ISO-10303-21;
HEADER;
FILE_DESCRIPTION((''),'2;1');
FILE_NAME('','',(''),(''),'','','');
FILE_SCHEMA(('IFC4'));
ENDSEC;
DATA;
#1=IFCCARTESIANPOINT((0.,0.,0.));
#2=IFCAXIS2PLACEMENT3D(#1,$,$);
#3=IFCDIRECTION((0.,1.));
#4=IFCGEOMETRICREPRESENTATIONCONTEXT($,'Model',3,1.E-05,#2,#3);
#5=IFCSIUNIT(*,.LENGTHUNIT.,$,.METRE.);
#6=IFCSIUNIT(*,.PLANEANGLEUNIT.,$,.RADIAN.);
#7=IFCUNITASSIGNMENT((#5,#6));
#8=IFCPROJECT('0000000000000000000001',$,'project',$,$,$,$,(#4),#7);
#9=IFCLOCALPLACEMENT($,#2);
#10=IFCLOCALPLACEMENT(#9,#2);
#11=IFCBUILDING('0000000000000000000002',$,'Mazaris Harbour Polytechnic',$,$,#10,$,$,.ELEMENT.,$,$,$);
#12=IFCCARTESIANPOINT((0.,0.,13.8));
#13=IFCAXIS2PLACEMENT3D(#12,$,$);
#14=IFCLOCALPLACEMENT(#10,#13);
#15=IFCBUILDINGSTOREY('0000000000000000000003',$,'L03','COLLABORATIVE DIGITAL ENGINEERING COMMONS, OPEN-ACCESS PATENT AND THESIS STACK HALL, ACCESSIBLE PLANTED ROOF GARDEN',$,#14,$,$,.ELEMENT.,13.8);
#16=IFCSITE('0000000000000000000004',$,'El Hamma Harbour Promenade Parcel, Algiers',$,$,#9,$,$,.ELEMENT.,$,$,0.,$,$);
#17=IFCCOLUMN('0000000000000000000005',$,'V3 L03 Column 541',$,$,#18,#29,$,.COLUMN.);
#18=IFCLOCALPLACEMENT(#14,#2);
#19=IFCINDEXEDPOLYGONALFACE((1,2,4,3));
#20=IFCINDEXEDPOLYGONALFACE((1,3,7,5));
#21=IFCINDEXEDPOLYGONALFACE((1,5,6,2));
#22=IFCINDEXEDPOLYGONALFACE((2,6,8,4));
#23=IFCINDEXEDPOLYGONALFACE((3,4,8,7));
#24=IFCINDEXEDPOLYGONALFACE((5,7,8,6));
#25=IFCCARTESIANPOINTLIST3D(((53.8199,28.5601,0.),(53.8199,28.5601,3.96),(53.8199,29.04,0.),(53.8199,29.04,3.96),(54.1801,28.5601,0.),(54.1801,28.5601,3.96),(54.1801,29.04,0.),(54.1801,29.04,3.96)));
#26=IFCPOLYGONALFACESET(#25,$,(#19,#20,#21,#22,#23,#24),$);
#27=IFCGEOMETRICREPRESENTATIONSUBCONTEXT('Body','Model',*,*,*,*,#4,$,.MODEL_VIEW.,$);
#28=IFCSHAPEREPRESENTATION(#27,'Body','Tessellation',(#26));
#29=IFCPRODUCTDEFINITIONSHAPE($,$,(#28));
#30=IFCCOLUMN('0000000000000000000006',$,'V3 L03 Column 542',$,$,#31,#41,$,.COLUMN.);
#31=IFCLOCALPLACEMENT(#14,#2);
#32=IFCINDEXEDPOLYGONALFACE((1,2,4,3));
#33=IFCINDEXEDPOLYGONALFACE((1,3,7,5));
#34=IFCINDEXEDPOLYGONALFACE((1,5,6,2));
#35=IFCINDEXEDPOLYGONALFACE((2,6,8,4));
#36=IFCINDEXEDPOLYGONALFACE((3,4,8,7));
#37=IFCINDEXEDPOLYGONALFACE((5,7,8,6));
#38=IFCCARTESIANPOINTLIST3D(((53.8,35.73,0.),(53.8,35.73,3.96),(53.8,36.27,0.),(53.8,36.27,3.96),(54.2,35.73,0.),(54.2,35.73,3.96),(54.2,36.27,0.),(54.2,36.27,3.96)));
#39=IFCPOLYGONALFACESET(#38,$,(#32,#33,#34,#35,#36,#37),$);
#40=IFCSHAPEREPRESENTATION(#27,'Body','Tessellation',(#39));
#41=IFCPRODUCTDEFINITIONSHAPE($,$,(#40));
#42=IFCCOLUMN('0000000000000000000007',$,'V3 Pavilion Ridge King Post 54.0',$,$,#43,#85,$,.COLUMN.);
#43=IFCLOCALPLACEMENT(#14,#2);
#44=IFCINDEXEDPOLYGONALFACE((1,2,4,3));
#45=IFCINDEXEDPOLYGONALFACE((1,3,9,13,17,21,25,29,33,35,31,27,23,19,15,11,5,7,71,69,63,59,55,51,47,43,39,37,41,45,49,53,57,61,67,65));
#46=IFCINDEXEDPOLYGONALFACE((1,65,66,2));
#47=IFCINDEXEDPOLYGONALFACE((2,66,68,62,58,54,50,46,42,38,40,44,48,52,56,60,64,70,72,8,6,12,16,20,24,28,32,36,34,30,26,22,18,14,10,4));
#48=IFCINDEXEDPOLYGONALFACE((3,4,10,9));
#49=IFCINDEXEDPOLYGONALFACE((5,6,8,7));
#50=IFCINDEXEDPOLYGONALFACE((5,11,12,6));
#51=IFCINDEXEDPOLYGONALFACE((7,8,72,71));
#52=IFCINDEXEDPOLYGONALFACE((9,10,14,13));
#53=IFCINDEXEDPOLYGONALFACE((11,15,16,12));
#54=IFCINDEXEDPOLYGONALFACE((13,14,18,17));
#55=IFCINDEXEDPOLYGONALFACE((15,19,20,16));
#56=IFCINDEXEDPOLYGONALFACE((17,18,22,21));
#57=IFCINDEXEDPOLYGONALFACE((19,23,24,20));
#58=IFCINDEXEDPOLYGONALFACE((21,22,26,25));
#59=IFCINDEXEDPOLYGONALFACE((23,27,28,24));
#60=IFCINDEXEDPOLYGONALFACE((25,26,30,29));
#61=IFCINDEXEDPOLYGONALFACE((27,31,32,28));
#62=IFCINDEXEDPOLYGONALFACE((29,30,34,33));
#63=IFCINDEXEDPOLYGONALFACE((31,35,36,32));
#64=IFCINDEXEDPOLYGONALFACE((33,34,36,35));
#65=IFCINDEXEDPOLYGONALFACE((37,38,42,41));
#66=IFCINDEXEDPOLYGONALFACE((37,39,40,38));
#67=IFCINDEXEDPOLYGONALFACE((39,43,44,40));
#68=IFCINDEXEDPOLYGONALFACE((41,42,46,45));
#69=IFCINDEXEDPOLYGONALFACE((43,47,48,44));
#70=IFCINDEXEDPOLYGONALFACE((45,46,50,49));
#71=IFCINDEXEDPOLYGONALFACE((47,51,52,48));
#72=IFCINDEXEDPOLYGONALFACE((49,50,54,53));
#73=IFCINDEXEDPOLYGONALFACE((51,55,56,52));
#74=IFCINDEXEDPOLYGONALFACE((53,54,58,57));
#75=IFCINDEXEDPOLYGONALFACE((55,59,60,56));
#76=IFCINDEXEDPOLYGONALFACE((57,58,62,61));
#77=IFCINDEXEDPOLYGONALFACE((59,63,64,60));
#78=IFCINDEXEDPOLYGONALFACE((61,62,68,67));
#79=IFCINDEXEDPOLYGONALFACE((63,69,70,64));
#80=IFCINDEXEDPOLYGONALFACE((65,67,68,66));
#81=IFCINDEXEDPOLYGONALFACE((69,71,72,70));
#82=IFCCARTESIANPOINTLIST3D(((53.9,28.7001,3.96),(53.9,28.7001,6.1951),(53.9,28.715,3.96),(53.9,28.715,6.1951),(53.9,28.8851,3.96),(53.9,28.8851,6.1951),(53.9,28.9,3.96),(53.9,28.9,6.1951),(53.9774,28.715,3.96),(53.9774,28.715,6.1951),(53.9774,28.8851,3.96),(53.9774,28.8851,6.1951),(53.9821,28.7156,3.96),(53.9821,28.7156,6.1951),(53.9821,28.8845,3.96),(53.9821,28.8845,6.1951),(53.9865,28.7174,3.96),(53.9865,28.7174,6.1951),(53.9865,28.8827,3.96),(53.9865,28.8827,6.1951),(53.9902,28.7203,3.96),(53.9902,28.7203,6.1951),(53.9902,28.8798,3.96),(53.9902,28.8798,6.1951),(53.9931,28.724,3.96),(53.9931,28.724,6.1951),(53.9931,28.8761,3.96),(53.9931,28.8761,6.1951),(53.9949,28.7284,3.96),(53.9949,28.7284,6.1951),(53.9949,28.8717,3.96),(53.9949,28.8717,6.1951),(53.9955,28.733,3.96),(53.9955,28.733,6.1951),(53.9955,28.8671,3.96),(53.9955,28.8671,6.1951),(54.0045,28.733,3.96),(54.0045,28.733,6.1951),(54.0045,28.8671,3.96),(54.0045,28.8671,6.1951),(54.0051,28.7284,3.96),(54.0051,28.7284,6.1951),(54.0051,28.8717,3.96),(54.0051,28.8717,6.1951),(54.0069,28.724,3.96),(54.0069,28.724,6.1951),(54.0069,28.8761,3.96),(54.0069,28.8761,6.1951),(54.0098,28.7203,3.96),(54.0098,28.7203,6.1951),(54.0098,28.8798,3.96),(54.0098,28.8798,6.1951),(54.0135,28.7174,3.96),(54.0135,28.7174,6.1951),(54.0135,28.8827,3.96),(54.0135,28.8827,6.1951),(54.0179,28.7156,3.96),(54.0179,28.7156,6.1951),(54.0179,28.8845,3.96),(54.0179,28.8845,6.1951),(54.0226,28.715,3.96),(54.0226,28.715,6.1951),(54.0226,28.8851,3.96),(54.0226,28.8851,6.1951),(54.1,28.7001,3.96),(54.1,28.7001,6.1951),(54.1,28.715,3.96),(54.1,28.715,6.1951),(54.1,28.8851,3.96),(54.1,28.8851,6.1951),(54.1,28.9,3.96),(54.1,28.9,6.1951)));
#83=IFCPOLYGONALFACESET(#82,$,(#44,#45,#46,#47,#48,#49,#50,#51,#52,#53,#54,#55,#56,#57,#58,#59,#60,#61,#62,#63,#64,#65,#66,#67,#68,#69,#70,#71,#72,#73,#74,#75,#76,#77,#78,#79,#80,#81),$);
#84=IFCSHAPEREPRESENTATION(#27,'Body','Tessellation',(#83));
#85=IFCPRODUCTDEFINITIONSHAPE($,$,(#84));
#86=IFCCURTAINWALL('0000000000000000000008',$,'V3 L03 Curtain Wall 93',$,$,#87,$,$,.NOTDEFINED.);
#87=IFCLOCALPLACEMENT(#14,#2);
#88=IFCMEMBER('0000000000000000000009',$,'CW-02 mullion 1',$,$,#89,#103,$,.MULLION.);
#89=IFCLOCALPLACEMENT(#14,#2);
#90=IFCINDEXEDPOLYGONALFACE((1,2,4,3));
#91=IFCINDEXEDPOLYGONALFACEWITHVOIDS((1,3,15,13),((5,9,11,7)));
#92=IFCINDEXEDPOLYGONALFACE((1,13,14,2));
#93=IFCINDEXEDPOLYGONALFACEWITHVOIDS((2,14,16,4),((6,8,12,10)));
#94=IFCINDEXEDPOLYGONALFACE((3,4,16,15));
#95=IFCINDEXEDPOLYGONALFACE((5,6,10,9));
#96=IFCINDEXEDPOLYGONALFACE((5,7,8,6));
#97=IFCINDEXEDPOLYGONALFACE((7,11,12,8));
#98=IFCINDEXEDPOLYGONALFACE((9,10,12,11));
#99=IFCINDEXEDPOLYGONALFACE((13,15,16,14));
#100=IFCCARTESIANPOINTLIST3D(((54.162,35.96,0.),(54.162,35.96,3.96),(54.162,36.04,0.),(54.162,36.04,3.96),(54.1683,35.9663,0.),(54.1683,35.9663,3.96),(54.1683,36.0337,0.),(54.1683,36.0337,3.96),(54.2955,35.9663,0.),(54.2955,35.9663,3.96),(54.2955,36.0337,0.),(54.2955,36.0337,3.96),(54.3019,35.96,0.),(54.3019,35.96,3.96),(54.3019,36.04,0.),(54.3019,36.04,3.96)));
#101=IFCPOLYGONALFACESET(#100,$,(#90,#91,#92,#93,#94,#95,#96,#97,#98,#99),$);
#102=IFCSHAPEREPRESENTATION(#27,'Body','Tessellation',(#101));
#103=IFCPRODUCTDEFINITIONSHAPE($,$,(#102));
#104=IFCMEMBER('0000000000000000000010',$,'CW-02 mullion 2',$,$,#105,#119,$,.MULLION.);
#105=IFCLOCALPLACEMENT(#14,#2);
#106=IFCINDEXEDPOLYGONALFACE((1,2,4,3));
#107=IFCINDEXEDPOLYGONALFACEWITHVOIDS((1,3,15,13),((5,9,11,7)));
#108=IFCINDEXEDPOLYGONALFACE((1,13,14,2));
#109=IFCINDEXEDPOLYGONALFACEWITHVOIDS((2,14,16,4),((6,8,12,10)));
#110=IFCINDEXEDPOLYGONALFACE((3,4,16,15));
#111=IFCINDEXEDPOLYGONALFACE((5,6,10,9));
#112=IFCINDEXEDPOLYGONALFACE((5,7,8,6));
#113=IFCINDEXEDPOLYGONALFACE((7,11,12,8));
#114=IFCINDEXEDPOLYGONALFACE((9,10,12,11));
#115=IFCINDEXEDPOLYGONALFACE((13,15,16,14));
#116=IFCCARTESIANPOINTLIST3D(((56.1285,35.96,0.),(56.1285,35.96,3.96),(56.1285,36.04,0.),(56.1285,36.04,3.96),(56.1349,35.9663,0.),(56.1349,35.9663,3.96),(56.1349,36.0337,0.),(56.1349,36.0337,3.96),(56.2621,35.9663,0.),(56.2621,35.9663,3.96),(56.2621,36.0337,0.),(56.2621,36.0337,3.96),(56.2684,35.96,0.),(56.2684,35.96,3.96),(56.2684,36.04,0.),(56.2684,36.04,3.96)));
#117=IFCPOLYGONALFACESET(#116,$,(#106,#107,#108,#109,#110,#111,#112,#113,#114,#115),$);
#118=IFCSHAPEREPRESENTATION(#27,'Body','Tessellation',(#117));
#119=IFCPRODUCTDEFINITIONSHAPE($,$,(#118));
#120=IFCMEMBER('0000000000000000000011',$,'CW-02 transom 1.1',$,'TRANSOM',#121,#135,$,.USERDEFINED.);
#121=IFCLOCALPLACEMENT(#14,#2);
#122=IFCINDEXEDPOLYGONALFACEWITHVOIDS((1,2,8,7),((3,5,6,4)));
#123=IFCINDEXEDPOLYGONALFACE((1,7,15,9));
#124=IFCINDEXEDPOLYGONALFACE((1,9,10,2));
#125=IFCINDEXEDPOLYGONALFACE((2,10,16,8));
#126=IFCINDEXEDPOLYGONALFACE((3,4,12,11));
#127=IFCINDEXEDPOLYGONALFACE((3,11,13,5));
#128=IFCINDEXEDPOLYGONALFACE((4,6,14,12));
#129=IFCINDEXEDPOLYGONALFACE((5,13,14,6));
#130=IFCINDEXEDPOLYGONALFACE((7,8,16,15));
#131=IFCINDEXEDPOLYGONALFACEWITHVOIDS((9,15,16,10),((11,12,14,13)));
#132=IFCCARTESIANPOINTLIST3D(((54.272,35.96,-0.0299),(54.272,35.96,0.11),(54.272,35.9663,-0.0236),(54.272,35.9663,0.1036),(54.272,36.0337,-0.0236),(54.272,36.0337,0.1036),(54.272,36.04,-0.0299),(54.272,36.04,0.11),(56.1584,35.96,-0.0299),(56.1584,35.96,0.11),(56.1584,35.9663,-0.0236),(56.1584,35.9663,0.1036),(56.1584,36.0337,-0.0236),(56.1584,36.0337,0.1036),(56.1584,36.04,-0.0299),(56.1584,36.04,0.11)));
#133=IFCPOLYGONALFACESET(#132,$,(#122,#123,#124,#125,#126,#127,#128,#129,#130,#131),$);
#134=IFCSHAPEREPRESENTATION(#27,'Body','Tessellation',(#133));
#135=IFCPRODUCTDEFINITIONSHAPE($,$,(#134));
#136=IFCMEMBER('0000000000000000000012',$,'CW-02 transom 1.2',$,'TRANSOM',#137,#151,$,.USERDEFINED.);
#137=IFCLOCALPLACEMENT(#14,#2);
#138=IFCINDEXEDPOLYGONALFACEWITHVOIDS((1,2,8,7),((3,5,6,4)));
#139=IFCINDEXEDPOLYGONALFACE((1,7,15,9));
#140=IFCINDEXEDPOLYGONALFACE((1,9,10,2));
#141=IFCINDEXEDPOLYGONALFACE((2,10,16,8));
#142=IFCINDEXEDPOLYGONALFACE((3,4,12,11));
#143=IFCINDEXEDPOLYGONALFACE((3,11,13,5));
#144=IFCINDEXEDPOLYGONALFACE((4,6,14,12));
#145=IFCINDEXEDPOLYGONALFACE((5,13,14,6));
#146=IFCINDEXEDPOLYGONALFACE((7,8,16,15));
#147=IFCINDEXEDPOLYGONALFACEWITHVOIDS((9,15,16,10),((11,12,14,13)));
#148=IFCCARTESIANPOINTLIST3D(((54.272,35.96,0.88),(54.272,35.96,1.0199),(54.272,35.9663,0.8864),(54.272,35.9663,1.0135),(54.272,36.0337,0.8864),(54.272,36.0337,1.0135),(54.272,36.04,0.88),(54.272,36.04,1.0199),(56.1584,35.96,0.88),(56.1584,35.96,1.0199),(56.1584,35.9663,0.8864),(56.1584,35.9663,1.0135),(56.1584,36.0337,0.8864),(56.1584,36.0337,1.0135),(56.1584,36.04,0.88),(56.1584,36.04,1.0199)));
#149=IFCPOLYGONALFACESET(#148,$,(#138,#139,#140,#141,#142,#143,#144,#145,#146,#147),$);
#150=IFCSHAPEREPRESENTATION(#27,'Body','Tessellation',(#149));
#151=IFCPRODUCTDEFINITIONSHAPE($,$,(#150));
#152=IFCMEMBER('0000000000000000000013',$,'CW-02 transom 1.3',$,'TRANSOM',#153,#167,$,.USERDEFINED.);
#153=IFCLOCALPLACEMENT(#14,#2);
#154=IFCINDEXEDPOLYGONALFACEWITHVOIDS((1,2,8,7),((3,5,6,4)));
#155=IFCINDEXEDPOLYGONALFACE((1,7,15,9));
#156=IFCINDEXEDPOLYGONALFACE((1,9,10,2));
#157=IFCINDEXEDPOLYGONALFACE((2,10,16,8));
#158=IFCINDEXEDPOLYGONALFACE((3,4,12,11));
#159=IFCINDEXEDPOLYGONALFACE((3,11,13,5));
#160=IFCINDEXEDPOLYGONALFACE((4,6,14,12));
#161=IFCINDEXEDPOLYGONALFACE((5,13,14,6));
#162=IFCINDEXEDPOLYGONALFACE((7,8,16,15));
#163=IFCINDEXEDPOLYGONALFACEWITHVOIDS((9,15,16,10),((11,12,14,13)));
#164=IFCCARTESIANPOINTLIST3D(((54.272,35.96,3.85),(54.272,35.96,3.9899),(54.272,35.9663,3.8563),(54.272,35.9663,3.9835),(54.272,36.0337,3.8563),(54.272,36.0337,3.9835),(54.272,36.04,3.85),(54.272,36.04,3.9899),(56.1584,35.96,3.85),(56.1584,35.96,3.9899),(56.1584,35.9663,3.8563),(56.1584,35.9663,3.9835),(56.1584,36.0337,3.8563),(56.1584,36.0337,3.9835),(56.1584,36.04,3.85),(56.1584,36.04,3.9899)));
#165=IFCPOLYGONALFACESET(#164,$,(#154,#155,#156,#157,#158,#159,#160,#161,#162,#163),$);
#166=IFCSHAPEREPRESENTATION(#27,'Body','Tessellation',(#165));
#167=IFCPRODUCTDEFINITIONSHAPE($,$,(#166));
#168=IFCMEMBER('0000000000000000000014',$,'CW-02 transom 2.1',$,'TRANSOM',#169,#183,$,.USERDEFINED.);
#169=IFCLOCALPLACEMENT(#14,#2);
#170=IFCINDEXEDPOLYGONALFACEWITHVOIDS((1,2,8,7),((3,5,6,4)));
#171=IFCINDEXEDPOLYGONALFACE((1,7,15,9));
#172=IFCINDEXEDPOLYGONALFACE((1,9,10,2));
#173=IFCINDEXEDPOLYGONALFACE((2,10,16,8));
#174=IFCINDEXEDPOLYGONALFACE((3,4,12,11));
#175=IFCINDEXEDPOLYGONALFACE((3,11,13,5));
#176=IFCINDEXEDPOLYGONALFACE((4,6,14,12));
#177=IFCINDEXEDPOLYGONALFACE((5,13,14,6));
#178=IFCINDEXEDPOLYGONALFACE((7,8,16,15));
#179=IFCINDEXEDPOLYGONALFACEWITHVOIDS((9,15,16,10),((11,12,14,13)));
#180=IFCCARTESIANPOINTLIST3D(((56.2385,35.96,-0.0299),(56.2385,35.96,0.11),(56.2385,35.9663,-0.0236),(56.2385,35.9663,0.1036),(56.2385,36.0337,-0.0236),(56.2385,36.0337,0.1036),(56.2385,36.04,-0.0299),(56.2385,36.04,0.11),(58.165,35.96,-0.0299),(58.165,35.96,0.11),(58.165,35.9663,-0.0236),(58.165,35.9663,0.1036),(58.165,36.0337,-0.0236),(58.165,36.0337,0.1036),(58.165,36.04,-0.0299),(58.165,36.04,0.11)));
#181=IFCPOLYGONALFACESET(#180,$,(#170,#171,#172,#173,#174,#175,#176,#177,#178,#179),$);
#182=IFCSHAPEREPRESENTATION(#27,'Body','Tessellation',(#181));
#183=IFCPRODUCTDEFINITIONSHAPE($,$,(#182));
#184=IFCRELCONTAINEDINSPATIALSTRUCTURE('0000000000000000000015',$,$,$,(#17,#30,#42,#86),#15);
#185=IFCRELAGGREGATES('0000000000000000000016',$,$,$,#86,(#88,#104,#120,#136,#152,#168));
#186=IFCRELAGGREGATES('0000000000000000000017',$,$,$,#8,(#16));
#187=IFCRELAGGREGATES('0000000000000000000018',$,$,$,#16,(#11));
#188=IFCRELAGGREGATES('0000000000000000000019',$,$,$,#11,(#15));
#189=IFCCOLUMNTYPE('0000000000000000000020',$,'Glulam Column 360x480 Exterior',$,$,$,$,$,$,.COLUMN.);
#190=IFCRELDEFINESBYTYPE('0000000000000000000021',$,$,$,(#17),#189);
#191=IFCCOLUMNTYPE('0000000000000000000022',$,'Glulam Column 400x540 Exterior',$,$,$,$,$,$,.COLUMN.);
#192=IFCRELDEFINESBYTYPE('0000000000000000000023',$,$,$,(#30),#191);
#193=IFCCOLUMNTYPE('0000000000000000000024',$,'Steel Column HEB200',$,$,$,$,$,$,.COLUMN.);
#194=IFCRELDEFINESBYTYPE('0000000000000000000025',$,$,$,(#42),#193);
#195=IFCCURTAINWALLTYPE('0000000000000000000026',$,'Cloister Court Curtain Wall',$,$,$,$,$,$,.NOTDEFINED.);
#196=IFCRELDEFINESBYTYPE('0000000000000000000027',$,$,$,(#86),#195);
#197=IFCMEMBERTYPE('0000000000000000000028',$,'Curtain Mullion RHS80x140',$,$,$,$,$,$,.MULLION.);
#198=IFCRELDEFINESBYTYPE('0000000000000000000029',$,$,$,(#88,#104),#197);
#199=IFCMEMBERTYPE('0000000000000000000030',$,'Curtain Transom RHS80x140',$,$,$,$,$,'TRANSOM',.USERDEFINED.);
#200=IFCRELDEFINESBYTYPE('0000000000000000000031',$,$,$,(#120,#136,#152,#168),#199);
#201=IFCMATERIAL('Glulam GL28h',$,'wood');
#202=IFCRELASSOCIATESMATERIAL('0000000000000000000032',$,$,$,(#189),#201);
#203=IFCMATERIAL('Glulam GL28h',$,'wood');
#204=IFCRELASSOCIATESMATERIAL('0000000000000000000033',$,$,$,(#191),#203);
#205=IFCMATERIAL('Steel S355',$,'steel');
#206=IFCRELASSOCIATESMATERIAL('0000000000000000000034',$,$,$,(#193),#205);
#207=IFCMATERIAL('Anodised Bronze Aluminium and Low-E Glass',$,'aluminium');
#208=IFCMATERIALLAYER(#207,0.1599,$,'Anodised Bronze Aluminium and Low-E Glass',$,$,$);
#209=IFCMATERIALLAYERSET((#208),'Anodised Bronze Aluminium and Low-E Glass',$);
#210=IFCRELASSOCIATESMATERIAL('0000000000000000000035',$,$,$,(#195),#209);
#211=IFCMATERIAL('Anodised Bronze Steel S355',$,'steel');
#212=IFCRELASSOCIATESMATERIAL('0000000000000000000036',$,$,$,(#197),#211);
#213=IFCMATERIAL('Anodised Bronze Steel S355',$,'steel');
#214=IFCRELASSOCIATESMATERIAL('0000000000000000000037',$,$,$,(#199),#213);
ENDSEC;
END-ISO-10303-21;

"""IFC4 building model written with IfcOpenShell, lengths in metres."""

from ifc_helpers import new_model, si_unit, direction, frame, origin, origin_2d, place, context, subcontext, project, spatial, rectangle, hollow_rectangle, i_section, extrude, material, layer, layer_set, material_profile, profile_set, type_object, element, aggregate, save


model = new_model("IFC4")

# Units and contexts
model_context = context("Model", 3, precision=1e-05, world=origin(), true_north=direction((0.0, 1.0)))
body_context = subcontext(model_context, "Body", "Model", "MODEL_VIEW")
ifc_project = project(units=[si_unit("LENGTHUNIT", "METRE"), si_unit("PLANEANGLEUNIT", "RADIAN")], contexts=[model_context])

# Site, building, storey
site_placement = place(None, origin())
site = spatial("IfcSite", under=ifc_project, at=site_placement, Name="El Hamma Harbour Promenade Parcel, Algiers", CompositionType="ELEMENT", RefElevation=0.0)
building_placement = place(site_placement, origin())
building = spatial("IfcBuilding", under=site, at=building_placement, Name="Mazaris Harbour Polytechnic", CompositionType="ELEMENT")
storey_placement = place(building_placement, frame((0.0, 0.0, 13.8)))
storey = spatial("IfcBuildingStorey", under=building, at=storey_placement, Name="L03", Description="COLLABORATIVE DIGITAL ENGINEERING COMMONS, OPEN-ACCESS PATENT AND THESIS STACK HALL, ACCESSIBLE PLANTED ROOF GARDEN", CompositionType="ELEMENT", Elevation=13.8)

# Columns
ifc_material_1 = material(Name="Glulam GL28h", Category="wood")
ifc_material_profile_1 = material_profile(ifc_material_1, rectangle(XDim=0.3601, YDim=0.48, at=origin_2d()), Name="RECT360x480")
ifc_profile_set_1 = profile_set([ifc_material_profile_1], Name="Glulam GL28h")
column_type_1 = type_object("IfcColumnType", Name="Glulam Column 360x480 Exterior", PredefinedType="COLUMN", material=ifc_profile_set_1)
column_1_placement = place(storey_placement, frame((54.0, 28.8, 0.0), z_axis=(0.0, 0.0, 1.0), x_axis=(1.0, 0.0, 0.0)))
element("IfcColumn", 1, at=column_1_placement, inside=storey, type_object=column_type_1, Name="V3 L03 Column 541", PredefinedType="COLUMN", context=body_context, shape_type="SweptSolid", body=[
    extrude(rectangle(XDim=0.3601, YDim=0.48, at=origin_2d()), origin(), (0.0, 0.0, 1.0), 3.96),
])
ifc_material_2 = material(Name="Glulam GL28h", Category="wood")
ifc_material_profile_2 = material_profile(ifc_material_2, rectangle(XDim=0.3999, YDim=0.54, at=origin_2d()), Name="RECT400x540")
ifc_profile_set_2 = profile_set([ifc_material_profile_2], Name="Glulam GL28h")
column_type_2 = type_object("IfcColumnType", Name="Glulam Column 400x540 Exterior", PredefinedType="COLUMN", material=ifc_profile_set_2)
column_2_placement = place(storey_placement, frame((54.0, 36.0, 0.0), z_axis=(0.0, 0.0, 1.0), x_axis=(1.0, 0.0, 0.0)))
element("IfcColumn", 2, at=column_2_placement, inside=storey, type_object=column_type_2, Name="V3 L03 Column 542", PredefinedType="COLUMN", context=body_context, shape_type="SweptSolid", body=[
    extrude(rectangle(XDim=0.3999, YDim=0.54, at=origin_2d()), origin(), (0.0, 0.0, 1.0), 3.96),
])
ifc_material_3 = material(Name="Steel S355", Category="steel")
ifc_material_profile_3 = material_profile(ifc_material_3, i_section(OverallWidth=0.2, OverallDepth=0.2, WebThickness=0.009, FlangeThickness=0.0149, FilletRadius=0.0181, at=origin_2d()), Name="HEB 200")
ifc_profile_set_3 = profile_set([ifc_material_profile_3], Name="Steel S355")
column_type_3 = type_object("IfcColumnType", Name="Steel Column HEB200", PredefinedType="COLUMN", material=ifc_profile_set_3)
column_3_placement = place(storey_placement, frame((54.0, 28.8, 3.96), z_axis=(0.0, 0.0, 1.0), x_axis=(1.0, 0.0, 0.0)))
element("IfcColumn", 3, at=column_3_placement, inside=storey, type_object=column_type_3, Name="V3 Pavilion Ridge King Post 54.0", PredefinedType="COLUMN", context=body_context, shape_type="SweptSolid", body=[
    extrude(i_section(OverallWidth=0.2, OverallDepth=0.2, WebThickness=0.009, FlangeThickness=0.0149, FilletRadius=0.0181, at=origin_2d()), origin(), (0.0, 0.0, 1.0), 2.2351),
])

# Curtain wall, members
ifc_material_4 = material(Name="Anodised Bronze Aluminium and Low-E Glass", Category="aluminium")
ifc_layer_1 = layer(ifc_material_4, 0.1599, Name="Anodised Bronze Aluminium and Low-E Glass")
ifc_layer_set_1 = layer_set([ifc_layer_1], Name="Anodised Bronze Aluminium and Low-E Glass")
curtain_wall_type = type_object("IfcCurtainWallType", Name="Cloister Court Curtain Wall", PredefinedType="NOTDEFINED", material=ifc_layer_set_1)
curtain_wall_placement = place(storey_placement, origin())
curtain_wall = element("IfcCurtainWall", 4, at=curtain_wall_placement, inside=storey, type_object=curtain_wall_type, Name="V3 L03 Curtain Wall 93", PredefinedType="NOTDEFINED")
ifc_material_5 = material(Name="Anodised Bronze Steel S355", Category="steel")
ifc_material_profile_4 = material_profile(ifc_material_5, hollow_rectangle(XDim=0.0801, YDim=0.1399, WallThickness=0.0063, at=origin_2d()), Name="RHS 80x140x6.3")
ifc_profile_set_4 = profile_set([ifc_material_profile_4], Name="Anodised Bronze Steel S355")
member_type_1 = type_object("IfcMemberType", Name="Curtain Mullion RHS80x140", PredefinedType="MULLION", material=ifc_profile_set_4)
member_1_placement = place(storey_placement, frame((54.2319, 36.0, 0.0), z_axis=(0.0, 0.0, 1.0), x_axis=(0.0, 1.0, 0.0)))
member_1 = element("IfcMember", 5, at=member_1_placement, type_object=member_type_1, Name="CW-02 mullion 1", PredefinedType="MULLION", context=body_context, shape_type="SweptSolid", body=[
    extrude(hollow_rectangle(XDim=0.0801, YDim=0.1399, WallThickness=0.0063, at=origin_2d()), origin(), (0.0, 0.0, 1.0), 3.96),
])
member_2_placement = place(storey_placement, frame((56.1985, 36.0, 0.0), z_axis=(0.0, 0.0, 1.0), x_axis=(0.0, 1.0, 0.0)))
member_2 = element("IfcMember", 6, at=member_2_placement, type_object=member_type_1, Name="CW-02 mullion 2", PredefinedType="MULLION", context=body_context, shape_type="SweptSolid", body=[
    extrude(hollow_rectangle(XDim=0.0801, YDim=0.1399, WallThickness=0.0063, at=origin_2d()), origin(), (0.0, 0.0, 1.0), 3.96),
])
ifc_material_6 = material(Name="Anodised Bronze Steel S355", Category="steel")
ifc_material_profile_5 = material_profile(ifc_material_6, hollow_rectangle(XDim=0.0801, YDim=0.1399, WallThickness=0.0063, at=origin_2d()), Name="RHS 80x140x6.3")
ifc_profile_set_5 = profile_set([ifc_material_profile_5], Name="Anodised Bronze Steel S355")
member_type_2 = type_object("IfcMemberType", Name="Curtain Transom RHS80x140", ElementType="TRANSOM", PredefinedType="USERDEFINED", material=ifc_profile_set_5)
member_3_placement = place(storey_placement, frame((54.272, 36.0, 0.04), z_axis=(1.0, 0.0, 0.0), x_axis=(0.0, 1.0, 0.0)))
member_3 = element("IfcMember", 7, at=member_3_placement, type_object=member_type_2, Name="CW-02 transom 1.1", ObjectType="TRANSOM", PredefinedType="USERDEFINED", context=body_context, shape_type="SweptSolid", body=[
    extrude(hollow_rectangle(XDim=0.0801, YDim=0.1399, WallThickness=0.0063, at=origin_2d()), origin(), (0.0, 0.0, 1.0), 1.8865),
])
member_4_placement = place(storey_placement, frame((54.272, 36.0, 0.95), z_axis=(1.0, 0.0, 0.0), x_axis=(0.0, 1.0, 0.0)))
member_4 = element("IfcMember", 8, at=member_4_placement, type_object=member_type_2, Name="CW-02 transom 1.2", ObjectType="TRANSOM", PredefinedType="USERDEFINED", context=body_context, shape_type="SweptSolid", body=[
    extrude(hollow_rectangle(XDim=0.0801, YDim=0.1399, WallThickness=0.0063, at=origin_2d()), origin(), (0.0, 0.0, 1.0), 1.8865),
])
member_5_placement = place(storey_placement, frame((54.272, 36.0, 3.9199), z_axis=(1.0, 0.0, 0.0), x_axis=(0.0, 1.0, 0.0)))
member_5 = element("IfcMember", 9, at=member_5_placement, type_object=member_type_2, Name="CW-02 transom 1.3", ObjectType="TRANSOM", PredefinedType="USERDEFINED", context=body_context, shape_type="SweptSolid", body=[
    extrude(hollow_rectangle(XDim=0.0801, YDim=0.1399, WallThickness=0.0063, at=origin_2d()), origin(), (0.0, 0.0, 1.0), 1.8865),
])
member_6_placement = place(storey_placement, frame((56.2385, 36.0, 0.04), z_axis=(1.0, 0.0, 0.0), x_axis=(0.0, 1.0, 0.0)))
member_6 = element("IfcMember", 10, at=member_6_placement, type_object=member_type_2, Name="CW-02 transom 2.1", ObjectType="TRANSOM", PredefinedType="USERDEFINED", context=body_context, shape_type="SweptSolid", body=[
    extrude(hollow_rectangle(XDim=0.0801, YDim=0.1399, WallThickness=0.0063, at=origin_2d()), origin(), (0.0, 0.0, 1.0), 1.9265),
])

aggregate(curtain_wall, [member_1, member_2, member_3, member_4, member_5, member_6])

save(model, "model.ifc")
